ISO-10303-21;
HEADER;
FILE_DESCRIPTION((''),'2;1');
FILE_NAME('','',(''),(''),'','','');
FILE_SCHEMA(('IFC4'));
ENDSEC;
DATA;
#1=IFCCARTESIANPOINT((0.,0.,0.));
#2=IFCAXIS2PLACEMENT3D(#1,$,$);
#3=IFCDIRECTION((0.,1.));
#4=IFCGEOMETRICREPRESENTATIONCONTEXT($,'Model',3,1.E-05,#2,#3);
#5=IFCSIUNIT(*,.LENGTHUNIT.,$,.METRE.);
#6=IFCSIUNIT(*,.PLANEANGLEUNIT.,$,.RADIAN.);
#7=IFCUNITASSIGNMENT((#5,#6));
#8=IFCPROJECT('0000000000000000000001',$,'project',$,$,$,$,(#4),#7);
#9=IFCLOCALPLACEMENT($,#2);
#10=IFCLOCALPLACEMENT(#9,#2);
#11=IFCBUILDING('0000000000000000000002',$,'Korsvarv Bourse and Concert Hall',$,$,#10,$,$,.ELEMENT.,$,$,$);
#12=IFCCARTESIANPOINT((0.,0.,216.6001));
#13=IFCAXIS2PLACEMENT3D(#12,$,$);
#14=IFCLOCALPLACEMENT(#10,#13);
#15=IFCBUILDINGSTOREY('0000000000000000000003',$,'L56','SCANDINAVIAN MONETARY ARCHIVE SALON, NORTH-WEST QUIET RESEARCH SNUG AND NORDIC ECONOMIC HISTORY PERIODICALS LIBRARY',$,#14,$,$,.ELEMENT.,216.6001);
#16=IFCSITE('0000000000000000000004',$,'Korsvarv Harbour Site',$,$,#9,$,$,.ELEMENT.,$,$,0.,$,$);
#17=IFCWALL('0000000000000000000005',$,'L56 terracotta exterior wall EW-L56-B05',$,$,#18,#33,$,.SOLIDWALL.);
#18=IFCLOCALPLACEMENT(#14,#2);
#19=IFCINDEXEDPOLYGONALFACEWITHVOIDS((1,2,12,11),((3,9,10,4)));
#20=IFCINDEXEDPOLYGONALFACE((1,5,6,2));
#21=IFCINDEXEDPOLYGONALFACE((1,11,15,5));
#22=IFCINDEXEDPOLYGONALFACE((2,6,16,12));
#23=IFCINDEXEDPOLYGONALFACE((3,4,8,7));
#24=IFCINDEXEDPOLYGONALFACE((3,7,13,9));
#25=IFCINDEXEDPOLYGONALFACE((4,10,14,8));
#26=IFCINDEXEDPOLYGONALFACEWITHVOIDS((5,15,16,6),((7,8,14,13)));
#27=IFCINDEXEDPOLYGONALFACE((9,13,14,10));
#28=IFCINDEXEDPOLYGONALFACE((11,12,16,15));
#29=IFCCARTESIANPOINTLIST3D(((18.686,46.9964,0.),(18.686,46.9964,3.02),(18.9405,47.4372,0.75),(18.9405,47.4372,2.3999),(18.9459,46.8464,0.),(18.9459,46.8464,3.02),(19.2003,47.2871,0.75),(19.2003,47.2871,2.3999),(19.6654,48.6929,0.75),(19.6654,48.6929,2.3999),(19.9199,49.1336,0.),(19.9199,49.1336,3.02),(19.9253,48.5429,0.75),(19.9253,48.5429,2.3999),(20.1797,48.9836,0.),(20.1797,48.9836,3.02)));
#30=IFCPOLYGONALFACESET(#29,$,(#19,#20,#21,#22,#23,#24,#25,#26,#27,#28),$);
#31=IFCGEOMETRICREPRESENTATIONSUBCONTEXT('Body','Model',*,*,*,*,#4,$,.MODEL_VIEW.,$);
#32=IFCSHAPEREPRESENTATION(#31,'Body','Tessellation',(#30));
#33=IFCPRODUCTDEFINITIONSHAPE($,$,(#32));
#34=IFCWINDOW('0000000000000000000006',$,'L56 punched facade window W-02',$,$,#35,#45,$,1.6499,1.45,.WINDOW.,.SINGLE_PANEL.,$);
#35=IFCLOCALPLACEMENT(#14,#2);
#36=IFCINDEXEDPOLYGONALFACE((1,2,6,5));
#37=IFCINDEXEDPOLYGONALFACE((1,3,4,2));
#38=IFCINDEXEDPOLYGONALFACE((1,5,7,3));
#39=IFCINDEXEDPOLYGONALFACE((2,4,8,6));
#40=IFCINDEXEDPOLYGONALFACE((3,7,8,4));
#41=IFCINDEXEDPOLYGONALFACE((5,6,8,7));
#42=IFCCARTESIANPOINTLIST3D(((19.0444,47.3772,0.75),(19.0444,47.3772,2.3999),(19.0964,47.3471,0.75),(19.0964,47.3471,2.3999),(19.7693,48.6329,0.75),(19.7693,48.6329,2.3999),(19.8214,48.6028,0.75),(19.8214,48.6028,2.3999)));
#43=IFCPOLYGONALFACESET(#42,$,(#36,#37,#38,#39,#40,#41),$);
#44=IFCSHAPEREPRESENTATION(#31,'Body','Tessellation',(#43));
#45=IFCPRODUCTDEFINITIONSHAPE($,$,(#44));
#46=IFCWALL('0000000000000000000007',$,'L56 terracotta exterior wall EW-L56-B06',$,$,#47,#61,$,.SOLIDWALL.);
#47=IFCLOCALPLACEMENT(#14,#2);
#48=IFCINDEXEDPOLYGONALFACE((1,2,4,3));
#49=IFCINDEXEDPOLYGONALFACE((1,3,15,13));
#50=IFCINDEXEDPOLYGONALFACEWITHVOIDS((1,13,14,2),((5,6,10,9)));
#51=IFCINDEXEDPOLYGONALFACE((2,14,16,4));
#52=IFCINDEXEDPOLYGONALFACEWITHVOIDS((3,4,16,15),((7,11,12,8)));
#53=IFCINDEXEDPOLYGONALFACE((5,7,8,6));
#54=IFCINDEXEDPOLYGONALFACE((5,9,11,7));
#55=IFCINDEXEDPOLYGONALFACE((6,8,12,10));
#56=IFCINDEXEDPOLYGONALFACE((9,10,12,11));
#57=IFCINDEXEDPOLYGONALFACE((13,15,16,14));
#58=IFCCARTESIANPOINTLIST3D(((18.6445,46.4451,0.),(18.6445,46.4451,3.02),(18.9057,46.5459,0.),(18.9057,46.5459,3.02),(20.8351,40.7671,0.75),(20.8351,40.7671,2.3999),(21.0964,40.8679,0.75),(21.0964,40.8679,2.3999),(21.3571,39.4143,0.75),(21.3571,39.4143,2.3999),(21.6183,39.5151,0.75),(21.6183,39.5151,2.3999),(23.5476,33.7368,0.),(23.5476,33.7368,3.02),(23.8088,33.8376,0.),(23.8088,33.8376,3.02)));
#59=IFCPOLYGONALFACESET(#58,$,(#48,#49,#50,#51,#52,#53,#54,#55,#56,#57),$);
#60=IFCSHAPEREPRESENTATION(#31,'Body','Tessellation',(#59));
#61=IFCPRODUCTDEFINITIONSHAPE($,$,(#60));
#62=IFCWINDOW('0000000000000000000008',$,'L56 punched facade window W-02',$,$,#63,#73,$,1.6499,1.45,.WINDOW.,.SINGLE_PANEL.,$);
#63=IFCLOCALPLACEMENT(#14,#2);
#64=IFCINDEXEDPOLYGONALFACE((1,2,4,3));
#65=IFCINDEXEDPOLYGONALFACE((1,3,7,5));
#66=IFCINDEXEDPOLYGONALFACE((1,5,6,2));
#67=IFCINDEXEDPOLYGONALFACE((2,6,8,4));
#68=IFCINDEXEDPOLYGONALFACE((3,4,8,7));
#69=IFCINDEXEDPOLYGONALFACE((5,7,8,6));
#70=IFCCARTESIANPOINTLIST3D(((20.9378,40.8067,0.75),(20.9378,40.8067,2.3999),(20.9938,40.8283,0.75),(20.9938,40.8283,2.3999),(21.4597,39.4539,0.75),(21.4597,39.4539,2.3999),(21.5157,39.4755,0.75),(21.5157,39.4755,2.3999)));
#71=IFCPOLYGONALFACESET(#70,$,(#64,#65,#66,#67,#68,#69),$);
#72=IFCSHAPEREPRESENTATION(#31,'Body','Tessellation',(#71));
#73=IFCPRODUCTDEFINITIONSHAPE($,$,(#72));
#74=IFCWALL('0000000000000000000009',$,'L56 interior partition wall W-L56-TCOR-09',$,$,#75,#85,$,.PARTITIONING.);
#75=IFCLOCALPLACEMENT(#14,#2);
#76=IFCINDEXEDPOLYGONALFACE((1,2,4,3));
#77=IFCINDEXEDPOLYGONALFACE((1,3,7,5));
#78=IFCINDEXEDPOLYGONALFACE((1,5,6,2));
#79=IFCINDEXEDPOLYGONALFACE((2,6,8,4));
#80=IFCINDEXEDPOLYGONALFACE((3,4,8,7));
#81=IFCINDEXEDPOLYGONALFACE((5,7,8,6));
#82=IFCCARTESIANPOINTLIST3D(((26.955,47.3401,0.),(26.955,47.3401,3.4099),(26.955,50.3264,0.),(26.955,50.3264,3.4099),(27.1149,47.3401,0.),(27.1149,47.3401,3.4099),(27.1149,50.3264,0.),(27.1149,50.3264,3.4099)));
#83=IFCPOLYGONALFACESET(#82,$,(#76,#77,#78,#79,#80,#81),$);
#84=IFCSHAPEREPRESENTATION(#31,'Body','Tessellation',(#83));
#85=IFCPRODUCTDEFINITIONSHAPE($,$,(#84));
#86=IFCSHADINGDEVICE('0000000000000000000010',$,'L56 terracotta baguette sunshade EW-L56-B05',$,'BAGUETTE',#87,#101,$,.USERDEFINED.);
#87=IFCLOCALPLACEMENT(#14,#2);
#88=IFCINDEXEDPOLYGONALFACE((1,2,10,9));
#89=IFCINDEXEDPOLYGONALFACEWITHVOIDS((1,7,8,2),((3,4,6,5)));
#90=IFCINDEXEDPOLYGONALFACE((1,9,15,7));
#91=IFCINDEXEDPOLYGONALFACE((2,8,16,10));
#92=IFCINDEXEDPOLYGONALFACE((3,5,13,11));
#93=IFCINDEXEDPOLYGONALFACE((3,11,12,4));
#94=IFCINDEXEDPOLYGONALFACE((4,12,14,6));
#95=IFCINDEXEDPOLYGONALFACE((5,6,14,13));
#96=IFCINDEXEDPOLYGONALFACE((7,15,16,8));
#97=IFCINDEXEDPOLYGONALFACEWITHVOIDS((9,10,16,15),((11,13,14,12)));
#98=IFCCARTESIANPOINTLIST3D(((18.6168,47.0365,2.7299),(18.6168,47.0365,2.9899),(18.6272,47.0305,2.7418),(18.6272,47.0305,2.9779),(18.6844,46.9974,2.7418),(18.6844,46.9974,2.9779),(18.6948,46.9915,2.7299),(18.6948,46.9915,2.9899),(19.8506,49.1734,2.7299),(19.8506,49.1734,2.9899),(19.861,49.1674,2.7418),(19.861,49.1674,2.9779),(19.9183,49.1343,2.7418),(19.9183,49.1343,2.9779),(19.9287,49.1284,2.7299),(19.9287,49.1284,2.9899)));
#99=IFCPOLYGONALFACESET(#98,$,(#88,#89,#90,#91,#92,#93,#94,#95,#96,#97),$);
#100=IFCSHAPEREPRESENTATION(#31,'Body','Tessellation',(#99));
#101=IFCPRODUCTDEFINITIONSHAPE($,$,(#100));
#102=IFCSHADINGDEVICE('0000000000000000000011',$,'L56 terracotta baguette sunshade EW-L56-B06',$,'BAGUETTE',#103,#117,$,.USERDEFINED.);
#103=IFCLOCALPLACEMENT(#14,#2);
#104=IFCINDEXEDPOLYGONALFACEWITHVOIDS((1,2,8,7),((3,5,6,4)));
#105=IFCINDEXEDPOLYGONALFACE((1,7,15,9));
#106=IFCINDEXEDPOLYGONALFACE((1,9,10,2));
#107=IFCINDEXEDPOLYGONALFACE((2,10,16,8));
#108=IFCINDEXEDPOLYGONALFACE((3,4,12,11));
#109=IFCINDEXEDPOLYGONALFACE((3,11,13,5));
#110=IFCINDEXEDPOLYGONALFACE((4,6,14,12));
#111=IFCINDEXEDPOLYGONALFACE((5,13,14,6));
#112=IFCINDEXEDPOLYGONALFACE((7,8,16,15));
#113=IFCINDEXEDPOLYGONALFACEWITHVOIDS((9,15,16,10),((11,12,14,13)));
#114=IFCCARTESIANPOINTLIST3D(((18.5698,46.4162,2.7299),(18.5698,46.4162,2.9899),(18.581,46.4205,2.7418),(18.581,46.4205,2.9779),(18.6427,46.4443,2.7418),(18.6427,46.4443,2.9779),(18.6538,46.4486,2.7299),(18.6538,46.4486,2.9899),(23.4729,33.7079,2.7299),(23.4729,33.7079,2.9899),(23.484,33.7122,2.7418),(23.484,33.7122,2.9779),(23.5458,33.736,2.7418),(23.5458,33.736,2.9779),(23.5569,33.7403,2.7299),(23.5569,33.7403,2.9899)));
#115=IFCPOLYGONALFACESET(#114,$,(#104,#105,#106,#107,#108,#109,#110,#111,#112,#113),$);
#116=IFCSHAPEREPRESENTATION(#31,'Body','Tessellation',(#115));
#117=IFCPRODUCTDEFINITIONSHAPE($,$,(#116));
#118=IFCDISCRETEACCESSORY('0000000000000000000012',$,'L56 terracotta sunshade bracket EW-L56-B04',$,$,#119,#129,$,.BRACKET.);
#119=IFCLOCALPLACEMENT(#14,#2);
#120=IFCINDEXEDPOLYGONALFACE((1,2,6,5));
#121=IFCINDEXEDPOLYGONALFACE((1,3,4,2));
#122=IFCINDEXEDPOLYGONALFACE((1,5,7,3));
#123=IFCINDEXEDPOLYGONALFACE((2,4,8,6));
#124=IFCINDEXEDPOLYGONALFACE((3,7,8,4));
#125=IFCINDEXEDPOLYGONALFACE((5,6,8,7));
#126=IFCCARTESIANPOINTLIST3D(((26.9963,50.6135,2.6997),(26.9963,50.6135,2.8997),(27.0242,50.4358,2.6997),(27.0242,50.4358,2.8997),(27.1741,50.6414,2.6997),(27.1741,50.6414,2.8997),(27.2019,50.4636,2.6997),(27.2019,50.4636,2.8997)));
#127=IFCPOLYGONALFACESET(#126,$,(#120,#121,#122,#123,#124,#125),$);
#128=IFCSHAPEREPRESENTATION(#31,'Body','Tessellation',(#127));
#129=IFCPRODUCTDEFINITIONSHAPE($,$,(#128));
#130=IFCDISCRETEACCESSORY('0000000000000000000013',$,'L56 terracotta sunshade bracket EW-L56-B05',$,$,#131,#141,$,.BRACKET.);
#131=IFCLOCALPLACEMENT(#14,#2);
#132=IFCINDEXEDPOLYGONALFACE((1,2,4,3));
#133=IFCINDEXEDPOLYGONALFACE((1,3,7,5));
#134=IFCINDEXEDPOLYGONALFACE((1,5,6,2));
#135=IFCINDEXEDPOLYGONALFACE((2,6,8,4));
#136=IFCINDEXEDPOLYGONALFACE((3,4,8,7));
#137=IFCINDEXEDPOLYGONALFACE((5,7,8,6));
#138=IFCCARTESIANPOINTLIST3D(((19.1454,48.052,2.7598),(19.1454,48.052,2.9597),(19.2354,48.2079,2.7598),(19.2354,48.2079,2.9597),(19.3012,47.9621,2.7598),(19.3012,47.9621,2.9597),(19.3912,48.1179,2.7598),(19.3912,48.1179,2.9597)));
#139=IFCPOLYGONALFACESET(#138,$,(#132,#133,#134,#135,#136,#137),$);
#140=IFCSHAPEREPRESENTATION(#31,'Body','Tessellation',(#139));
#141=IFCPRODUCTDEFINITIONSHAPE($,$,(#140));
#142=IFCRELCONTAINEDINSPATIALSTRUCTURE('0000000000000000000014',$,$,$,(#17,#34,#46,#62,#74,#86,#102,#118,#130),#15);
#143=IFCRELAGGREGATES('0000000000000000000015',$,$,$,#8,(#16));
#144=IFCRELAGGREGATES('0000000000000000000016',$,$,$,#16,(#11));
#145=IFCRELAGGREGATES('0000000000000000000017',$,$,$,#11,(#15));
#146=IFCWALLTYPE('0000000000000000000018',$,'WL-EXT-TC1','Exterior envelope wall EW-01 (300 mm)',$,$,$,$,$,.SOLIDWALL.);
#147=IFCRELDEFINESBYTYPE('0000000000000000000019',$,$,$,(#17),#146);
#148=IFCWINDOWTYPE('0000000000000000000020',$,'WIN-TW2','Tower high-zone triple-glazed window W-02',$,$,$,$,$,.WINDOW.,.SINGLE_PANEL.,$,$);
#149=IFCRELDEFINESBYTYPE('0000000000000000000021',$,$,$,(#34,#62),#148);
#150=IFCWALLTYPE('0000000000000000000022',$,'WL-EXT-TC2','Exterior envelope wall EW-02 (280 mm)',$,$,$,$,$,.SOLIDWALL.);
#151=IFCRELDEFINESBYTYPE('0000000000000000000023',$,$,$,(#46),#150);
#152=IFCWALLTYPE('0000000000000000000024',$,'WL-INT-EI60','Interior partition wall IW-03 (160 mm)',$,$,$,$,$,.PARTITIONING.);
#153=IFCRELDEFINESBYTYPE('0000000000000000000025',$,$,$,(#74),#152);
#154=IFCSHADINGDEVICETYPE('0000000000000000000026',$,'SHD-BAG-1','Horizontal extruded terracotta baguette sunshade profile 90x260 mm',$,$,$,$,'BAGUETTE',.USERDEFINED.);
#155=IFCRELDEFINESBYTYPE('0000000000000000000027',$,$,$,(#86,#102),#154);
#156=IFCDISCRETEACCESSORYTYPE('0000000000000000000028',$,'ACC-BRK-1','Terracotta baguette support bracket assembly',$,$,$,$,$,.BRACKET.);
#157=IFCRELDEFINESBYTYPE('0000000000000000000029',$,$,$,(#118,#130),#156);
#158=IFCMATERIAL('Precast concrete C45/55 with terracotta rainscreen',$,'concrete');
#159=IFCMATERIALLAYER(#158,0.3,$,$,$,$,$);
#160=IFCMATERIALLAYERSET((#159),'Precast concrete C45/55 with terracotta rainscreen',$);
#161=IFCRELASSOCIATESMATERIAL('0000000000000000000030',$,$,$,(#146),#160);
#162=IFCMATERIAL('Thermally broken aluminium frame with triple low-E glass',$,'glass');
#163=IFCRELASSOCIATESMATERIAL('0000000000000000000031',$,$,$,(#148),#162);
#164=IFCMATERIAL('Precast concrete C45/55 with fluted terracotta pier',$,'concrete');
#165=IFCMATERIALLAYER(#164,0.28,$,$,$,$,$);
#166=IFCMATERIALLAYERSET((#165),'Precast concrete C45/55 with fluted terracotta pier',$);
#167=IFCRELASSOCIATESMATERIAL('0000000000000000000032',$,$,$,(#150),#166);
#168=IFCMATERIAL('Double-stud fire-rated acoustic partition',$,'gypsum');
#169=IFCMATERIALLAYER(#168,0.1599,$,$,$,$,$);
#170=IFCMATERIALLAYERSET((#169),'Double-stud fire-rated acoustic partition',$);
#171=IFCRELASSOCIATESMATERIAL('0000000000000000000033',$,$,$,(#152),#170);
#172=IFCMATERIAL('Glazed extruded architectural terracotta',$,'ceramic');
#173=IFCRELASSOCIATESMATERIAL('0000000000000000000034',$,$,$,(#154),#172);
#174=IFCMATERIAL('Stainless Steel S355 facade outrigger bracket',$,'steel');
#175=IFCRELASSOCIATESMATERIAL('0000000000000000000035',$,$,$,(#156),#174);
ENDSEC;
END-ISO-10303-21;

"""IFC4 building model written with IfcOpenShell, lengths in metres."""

from ifc_helpers import new_model, si_unit, direction, frame, frame_2d, origin, origin_2d, place, context, subcontext, project, spatial, rectangle, hollow_rectangle, extrude, source, transform, mapped, material, layer, layer_set, material_profile, profile_set, type_object, element, fill, save


model = new_model("IFC4")

# Units and contexts
model_context = context("Model", 3, precision=1e-05, world=origin(), true_north=direction((0.0, 1.0)))
body_context = subcontext(model_context, "Body", "Model", "MODEL_VIEW")
ifc_project = project(units=[si_unit("LENGTHUNIT", "METRE"), si_unit("PLANEANGLEUNIT", "RADIAN")], contexts=[model_context])

# Site, building, storey
site_placement = place(None, origin())
site = spatial("IfcSite", under=ifc_project, at=site_placement, Name="Korsvarv Harbour Site", CompositionType="ELEMENT", RefElevation=0.0)
building_placement = place(site_placement, origin())
building = spatial("IfcBuilding", under=site, at=building_placement, Name="Korsvarv Bourse and Concert Hall", CompositionType="ELEMENT")
storey_placement = place(building_placement, frame((0.0, 0.0, 216.6001)))
storey = spatial("IfcBuildingStorey", under=building, at=storey_placement, Name="L56", Description="SCANDINAVIAN MONETARY ARCHIVE SALON, NORTH-WEST QUIET RESEARCH SNUG AND NORDIC ECONOMIC HISTORY PERIODICALS LIBRARY", CompositionType="ELEMENT", Elevation=216.6001)

# Walls, openings, windows
ifc_material_1 = material(Name="Precast concrete C45/55 with terracotta rainscreen", Category="concrete")
ifc_layer_1 = layer(ifc_material_1, 0.3)
ifc_layer_set_1 = layer_set([ifc_layer_1], Name="Precast concrete C45/55 with terracotta rainscreen")
wall_type_1 = type_object("IfcWallType", Name="WL-EXT-TC1", Description="Exterior envelope wall EW-01 (300 mm)", PredefinedType="SOLIDWALL", material=ifc_layer_set_1)
wall_1_placement = place(storey_placement, frame((20.0498, 49.0586, 0.0), z_axis=(0.0, 0.0, 1.0), x_axis=(-0.499991, -0.866031, 0.0)))
wall_1 = element("IfcWall", 1, at=wall_1_placement, inside=storey, type_object=wall_type_1, Name="L56 terracotta exterior wall EW-L56-B05", PredefinedType="SOLIDWALL", context=body_context, shape_type="SweptSolid", body=[
    extrude(rectangle(XDim=2.4678, YDim=0.3, at=frame_2d((1.2339, 0.0))), origin(), (0.0, 0.0, 1.0), 3.02),
])
opening_1_placement = place(wall_1_placement, frame((0.5088, 0.0, 0.75)))
opening_1 = element("IfcOpeningElement", 2, at=opening_1_placement, cuts=wall_1, PredefinedType="OPENING", context=body_context, shape_type="SweptSolid", body=[
    extrude(rectangle(XDim=1.45, YDim=1.6499, at=frame_2d((0.7251, 0.825))), frame((0.0, 0.1602, 0.0), z_axis=(0.0, -1.0, 0.0), x_axis=(1.0, 0.0, 0.0)), (0.0, 0.0, 1.0), 0.3201),
])
ifc_material_2 = material(Name="Thermally broken aluminium frame with triple low-E glass", Category="glass")
window_type = type_object("IfcWindowType", Name="WIN-TW2", Description="Tower high-zone triple-glazed window W-02", PartitioningType="SINGLE_PANEL", PredefinedType="WINDOW", material=ifc_material_2)
window_1_placement = place(opening_1_placement, origin())
window_1 = element("IfcWindow", 3, at=window_1_placement, inside=storey, type_object=window_type, Name="L56 punched facade window W-02", OverallHeight=1.6499, OverallWidth=1.45, PartitioningType="SINGLE_PANEL", PredefinedType="WINDOW", context=body_context, shape_type="SweptSolid", body=[
    extrude(rectangle(XDim=1.45, YDim=1.6499, at=frame_2d((0.7251, 0.825))), frame((0.0, 0.03, 0.0), z_axis=(0.0, -1.0, 0.0), x_axis=(1.0, 0.0, 0.0)), (0.0, 0.0, 1.0), 0.0601),
])
fill(opening_1, window_1)
ifc_material_3 = material(Name="Precast concrete C45/55 with fluted terracotta pier", Category="concrete")
ifc_layer_2 = layer(ifc_material_3, 0.28)
ifc_layer_set_2 = layer_set([ifc_layer_2], Name="Precast concrete C45/55 with fluted terracotta pier")
wall_type_2 = type_object("IfcWallType", Name="WL-EXT-TC2", Description="Exterior envelope wall EW-02 (280 mm)", PredefinedType="SOLIDWALL", material=ifc_layer_set_2)
wall_2_placement = place(storey_placement, frame((18.7751, 46.4954, 0.0), z_axis=(0.0, 0.0, 1.0), x_axis=(0.359957, -0.932969, 0.0)))
wall_2 = element("IfcWall", 4, at=wall_2_placement, inside=storey, type_object=wall_type_2, Name="L56 terracotta exterior wall EW-L56-B06", PredefinedType="SOLIDWALL", context=body_context, shape_type="SweptSolid", body=[
    extrude(rectangle(XDim=13.6213, YDim=0.28, at=frame_2d((6.8105, 0.0))), origin(), (0.0, 0.0, 1.0), 3.02),
])
opening_2_placement = place(wall_2_placement, frame((6.0857, 0.0, 0.75)))
opening_2 = element("IfcOpeningElement", 5, at=opening_2_placement, cuts=wall_2, PredefinedType="OPENING", context=body_context, shape_type="SweptSolid", body=[
    extrude(rectangle(XDim=1.45, YDim=1.6499, at=frame_2d((0.7251, 0.825))), frame((0.0, 0.1499, 0.0), z_axis=(0.0, -1.0, 0.0), x_axis=(1.0, 0.0, 0.0)), (0.0, 0.0, 1.0), 0.3),
])
window_2_placement = place(opening_2_placement, origin())
window_2 = element("IfcWindow", 6, at=window_2_placement, inside=storey, type_object=window_type, Name="L56 punched facade window W-02", OverallHeight=1.6499, OverallWidth=1.45, PartitioningType="SINGLE_PANEL", PredefinedType="WINDOW", context=body_context, shape_type="SweptSolid", body=[
    extrude(rectangle(XDim=1.45, YDim=1.6499, at=frame_2d((0.7251, 0.825))), frame((0.0, 0.03, 0.0), z_axis=(0.0, -1.0, 0.0), x_axis=(1.0, 0.0, 0.0)), (0.0, 0.0, 1.0), 0.0601),
])
fill(opening_2, window_2)

# Wall
ifc_material_4 = material(Name="Double-stud fire-rated acoustic partition", Category="gypsum")
ifc_layer_3 = layer(ifc_material_4, 0.1599)
ifc_layer_set_3 = layer_set([ifc_layer_3], Name="Double-stud fire-rated acoustic partition")
wall_type_3 = type_object("IfcWallType", Name="WL-INT-EI60", Description="Interior partition wall IW-03 (160 mm)", PredefinedType="PARTITIONING", material=ifc_layer_set_3)
wall_3_placement = place(storey_placement, frame((27.0349, 47.3401, 0.0), z_axis=(0.0, 0.0, 1.0), x_axis=(0.0, 1.0, 0.0)))
element("IfcWall", 7, at=wall_3_placement, inside=storey, type_object=wall_type_3, Name="L56 interior partition wall W-L56-TCOR-09", PredefinedType="PARTITIONING", context=body_context, shape_type="SweptSolid", body=[
    extrude(rectangle(XDim=2.9863, YDim=0.1599, at=frame_2d((1.4932, 0.0))), origin(), (0.0, 0.0, 1.0), 3.4099),
])

# Shading devices
ifc_material_5 = material(Name="Glazed extruded architectural terracotta", Category="ceramic")
ifc_material_profile_1 = material_profile(ifc_material_5, hollow_rectangle(XDim=0.0901, YDim=0.26, WallThickness=0.012, at=origin_2d()), Name="TC-BAG 90x260")
ifc_profile_set_1 = profile_set([ifc_material_profile_1], Name="Glazed extruded architectural terracotta")
shading_device_type = type_object("IfcShadingDeviceType", Name="SHD-BAG-1", Description="Horizontal extruded terracotta baguette sunshade profile 90x260 mm", ElementType="BAGUETTE", PredefinedType="USERDEFINED", material=ifc_profile_set_1)
shared_shape_1 = source(origin(), body_context, "Body", "SweptSolid", [
    extrude(hollow_rectangle(XDim=0.0901, YDim=0.26, WallThickness=0.012, at=origin_2d()), origin(), (0.0, 0.0, 1.0), 2.4675),
])
shading_device_1_placement = place(storey_placement, frame((19.8896, 49.1509, 2.8599), z_axis=(-0.500034, -0.866006, 0.0), x_axis=(0.866006, -0.500034, 0.0)))
element("IfcShadingDevice", 8, at=shading_device_1_placement, inside=storey, type_object=shading_device_type, Name="L56 terracotta baguette sunshade EW-L56-B05", ObjectType="BAGUETTE", PredefinedType="USERDEFINED", context=body_context, shape_type="MappedRepresentation", body=[
    mapped(shared_shape_1, transform((0.0, 0.0, 0.0), scale=1.0)),
])
shared_shape_2 = source(origin(), body_context, "Body", "SweptSolid", [
    extrude(hollow_rectangle(XDim=0.0901, YDim=0.26, WallThickness=0.012, at=origin_2d()), origin(), (0.0, 0.0, 1.0), 13.6213),
])
shading_device_2_placement = place(storey_placement, frame((18.6118, 46.4324, 2.8599), z_axis=(0.359957, -0.932969, 0.0), x_axis=(0.932969, 0.359957, 0.0)))
element("IfcShadingDevice", 9, at=shading_device_2_placement, inside=storey, type_object=shading_device_type, Name="L56 terracotta baguette sunshade EW-L56-B06", ObjectType="BAGUETTE", PredefinedType="USERDEFINED", context=body_context, shape_type="MappedRepresentation", body=[
    mapped(shared_shape_2, transform((0.0, 0.0, 0.0), scale=1.0)),
])

# Discrete accessories
ifc_material_6 = material(Name="Stainless Steel S355 facade outrigger bracket", Category="steel")
discrete_accessory_type = type_object("IfcDiscreteAccessoryType", Name="ACC-BRK-1", Description="Terracotta baguette support bracket assembly", PredefinedType="BRACKET", material=ifc_material_6)
shared_shape_3 = source(origin(), body_context, "Body", "SweptSolid", [
    extrude(rectangle(XDim=0.1799, YDim=0.1799, at=origin_2d()), origin(), (0.0, 0.0, 1.0), 0.2),
])
for number, where, z_axis, x_axis, name in (
    (10, (27.0991, 50.5386, 2.6997), (0.0, 0.0, 1.0), (-0.98796, -0.15471, 0.0), "L56 terracotta sunshade bracket EW-L56-B04"),
    (11, (19.2683, 48.085, 2.7598), (0.0, 0.0, 1.0), (-0.5, -0.866025, 0.0), "L56 terracotta sunshade bracket EW-L56-B05"),
):
    element("IfcDiscreteAccessory", number, at=place(storey_placement, frame(where, z_axis=z_axis, x_axis=x_axis)), inside=storey, type_object=discrete_accessory_type, Name=name, PredefinedType="BRACKET", context=body_context, shape_type="MappedRepresentation", body=[
        mapped(shared_shape_3, transform((0.0, 0.0, 0.0), scale=1.0)),
    ])

save(model, "model.ifc")
